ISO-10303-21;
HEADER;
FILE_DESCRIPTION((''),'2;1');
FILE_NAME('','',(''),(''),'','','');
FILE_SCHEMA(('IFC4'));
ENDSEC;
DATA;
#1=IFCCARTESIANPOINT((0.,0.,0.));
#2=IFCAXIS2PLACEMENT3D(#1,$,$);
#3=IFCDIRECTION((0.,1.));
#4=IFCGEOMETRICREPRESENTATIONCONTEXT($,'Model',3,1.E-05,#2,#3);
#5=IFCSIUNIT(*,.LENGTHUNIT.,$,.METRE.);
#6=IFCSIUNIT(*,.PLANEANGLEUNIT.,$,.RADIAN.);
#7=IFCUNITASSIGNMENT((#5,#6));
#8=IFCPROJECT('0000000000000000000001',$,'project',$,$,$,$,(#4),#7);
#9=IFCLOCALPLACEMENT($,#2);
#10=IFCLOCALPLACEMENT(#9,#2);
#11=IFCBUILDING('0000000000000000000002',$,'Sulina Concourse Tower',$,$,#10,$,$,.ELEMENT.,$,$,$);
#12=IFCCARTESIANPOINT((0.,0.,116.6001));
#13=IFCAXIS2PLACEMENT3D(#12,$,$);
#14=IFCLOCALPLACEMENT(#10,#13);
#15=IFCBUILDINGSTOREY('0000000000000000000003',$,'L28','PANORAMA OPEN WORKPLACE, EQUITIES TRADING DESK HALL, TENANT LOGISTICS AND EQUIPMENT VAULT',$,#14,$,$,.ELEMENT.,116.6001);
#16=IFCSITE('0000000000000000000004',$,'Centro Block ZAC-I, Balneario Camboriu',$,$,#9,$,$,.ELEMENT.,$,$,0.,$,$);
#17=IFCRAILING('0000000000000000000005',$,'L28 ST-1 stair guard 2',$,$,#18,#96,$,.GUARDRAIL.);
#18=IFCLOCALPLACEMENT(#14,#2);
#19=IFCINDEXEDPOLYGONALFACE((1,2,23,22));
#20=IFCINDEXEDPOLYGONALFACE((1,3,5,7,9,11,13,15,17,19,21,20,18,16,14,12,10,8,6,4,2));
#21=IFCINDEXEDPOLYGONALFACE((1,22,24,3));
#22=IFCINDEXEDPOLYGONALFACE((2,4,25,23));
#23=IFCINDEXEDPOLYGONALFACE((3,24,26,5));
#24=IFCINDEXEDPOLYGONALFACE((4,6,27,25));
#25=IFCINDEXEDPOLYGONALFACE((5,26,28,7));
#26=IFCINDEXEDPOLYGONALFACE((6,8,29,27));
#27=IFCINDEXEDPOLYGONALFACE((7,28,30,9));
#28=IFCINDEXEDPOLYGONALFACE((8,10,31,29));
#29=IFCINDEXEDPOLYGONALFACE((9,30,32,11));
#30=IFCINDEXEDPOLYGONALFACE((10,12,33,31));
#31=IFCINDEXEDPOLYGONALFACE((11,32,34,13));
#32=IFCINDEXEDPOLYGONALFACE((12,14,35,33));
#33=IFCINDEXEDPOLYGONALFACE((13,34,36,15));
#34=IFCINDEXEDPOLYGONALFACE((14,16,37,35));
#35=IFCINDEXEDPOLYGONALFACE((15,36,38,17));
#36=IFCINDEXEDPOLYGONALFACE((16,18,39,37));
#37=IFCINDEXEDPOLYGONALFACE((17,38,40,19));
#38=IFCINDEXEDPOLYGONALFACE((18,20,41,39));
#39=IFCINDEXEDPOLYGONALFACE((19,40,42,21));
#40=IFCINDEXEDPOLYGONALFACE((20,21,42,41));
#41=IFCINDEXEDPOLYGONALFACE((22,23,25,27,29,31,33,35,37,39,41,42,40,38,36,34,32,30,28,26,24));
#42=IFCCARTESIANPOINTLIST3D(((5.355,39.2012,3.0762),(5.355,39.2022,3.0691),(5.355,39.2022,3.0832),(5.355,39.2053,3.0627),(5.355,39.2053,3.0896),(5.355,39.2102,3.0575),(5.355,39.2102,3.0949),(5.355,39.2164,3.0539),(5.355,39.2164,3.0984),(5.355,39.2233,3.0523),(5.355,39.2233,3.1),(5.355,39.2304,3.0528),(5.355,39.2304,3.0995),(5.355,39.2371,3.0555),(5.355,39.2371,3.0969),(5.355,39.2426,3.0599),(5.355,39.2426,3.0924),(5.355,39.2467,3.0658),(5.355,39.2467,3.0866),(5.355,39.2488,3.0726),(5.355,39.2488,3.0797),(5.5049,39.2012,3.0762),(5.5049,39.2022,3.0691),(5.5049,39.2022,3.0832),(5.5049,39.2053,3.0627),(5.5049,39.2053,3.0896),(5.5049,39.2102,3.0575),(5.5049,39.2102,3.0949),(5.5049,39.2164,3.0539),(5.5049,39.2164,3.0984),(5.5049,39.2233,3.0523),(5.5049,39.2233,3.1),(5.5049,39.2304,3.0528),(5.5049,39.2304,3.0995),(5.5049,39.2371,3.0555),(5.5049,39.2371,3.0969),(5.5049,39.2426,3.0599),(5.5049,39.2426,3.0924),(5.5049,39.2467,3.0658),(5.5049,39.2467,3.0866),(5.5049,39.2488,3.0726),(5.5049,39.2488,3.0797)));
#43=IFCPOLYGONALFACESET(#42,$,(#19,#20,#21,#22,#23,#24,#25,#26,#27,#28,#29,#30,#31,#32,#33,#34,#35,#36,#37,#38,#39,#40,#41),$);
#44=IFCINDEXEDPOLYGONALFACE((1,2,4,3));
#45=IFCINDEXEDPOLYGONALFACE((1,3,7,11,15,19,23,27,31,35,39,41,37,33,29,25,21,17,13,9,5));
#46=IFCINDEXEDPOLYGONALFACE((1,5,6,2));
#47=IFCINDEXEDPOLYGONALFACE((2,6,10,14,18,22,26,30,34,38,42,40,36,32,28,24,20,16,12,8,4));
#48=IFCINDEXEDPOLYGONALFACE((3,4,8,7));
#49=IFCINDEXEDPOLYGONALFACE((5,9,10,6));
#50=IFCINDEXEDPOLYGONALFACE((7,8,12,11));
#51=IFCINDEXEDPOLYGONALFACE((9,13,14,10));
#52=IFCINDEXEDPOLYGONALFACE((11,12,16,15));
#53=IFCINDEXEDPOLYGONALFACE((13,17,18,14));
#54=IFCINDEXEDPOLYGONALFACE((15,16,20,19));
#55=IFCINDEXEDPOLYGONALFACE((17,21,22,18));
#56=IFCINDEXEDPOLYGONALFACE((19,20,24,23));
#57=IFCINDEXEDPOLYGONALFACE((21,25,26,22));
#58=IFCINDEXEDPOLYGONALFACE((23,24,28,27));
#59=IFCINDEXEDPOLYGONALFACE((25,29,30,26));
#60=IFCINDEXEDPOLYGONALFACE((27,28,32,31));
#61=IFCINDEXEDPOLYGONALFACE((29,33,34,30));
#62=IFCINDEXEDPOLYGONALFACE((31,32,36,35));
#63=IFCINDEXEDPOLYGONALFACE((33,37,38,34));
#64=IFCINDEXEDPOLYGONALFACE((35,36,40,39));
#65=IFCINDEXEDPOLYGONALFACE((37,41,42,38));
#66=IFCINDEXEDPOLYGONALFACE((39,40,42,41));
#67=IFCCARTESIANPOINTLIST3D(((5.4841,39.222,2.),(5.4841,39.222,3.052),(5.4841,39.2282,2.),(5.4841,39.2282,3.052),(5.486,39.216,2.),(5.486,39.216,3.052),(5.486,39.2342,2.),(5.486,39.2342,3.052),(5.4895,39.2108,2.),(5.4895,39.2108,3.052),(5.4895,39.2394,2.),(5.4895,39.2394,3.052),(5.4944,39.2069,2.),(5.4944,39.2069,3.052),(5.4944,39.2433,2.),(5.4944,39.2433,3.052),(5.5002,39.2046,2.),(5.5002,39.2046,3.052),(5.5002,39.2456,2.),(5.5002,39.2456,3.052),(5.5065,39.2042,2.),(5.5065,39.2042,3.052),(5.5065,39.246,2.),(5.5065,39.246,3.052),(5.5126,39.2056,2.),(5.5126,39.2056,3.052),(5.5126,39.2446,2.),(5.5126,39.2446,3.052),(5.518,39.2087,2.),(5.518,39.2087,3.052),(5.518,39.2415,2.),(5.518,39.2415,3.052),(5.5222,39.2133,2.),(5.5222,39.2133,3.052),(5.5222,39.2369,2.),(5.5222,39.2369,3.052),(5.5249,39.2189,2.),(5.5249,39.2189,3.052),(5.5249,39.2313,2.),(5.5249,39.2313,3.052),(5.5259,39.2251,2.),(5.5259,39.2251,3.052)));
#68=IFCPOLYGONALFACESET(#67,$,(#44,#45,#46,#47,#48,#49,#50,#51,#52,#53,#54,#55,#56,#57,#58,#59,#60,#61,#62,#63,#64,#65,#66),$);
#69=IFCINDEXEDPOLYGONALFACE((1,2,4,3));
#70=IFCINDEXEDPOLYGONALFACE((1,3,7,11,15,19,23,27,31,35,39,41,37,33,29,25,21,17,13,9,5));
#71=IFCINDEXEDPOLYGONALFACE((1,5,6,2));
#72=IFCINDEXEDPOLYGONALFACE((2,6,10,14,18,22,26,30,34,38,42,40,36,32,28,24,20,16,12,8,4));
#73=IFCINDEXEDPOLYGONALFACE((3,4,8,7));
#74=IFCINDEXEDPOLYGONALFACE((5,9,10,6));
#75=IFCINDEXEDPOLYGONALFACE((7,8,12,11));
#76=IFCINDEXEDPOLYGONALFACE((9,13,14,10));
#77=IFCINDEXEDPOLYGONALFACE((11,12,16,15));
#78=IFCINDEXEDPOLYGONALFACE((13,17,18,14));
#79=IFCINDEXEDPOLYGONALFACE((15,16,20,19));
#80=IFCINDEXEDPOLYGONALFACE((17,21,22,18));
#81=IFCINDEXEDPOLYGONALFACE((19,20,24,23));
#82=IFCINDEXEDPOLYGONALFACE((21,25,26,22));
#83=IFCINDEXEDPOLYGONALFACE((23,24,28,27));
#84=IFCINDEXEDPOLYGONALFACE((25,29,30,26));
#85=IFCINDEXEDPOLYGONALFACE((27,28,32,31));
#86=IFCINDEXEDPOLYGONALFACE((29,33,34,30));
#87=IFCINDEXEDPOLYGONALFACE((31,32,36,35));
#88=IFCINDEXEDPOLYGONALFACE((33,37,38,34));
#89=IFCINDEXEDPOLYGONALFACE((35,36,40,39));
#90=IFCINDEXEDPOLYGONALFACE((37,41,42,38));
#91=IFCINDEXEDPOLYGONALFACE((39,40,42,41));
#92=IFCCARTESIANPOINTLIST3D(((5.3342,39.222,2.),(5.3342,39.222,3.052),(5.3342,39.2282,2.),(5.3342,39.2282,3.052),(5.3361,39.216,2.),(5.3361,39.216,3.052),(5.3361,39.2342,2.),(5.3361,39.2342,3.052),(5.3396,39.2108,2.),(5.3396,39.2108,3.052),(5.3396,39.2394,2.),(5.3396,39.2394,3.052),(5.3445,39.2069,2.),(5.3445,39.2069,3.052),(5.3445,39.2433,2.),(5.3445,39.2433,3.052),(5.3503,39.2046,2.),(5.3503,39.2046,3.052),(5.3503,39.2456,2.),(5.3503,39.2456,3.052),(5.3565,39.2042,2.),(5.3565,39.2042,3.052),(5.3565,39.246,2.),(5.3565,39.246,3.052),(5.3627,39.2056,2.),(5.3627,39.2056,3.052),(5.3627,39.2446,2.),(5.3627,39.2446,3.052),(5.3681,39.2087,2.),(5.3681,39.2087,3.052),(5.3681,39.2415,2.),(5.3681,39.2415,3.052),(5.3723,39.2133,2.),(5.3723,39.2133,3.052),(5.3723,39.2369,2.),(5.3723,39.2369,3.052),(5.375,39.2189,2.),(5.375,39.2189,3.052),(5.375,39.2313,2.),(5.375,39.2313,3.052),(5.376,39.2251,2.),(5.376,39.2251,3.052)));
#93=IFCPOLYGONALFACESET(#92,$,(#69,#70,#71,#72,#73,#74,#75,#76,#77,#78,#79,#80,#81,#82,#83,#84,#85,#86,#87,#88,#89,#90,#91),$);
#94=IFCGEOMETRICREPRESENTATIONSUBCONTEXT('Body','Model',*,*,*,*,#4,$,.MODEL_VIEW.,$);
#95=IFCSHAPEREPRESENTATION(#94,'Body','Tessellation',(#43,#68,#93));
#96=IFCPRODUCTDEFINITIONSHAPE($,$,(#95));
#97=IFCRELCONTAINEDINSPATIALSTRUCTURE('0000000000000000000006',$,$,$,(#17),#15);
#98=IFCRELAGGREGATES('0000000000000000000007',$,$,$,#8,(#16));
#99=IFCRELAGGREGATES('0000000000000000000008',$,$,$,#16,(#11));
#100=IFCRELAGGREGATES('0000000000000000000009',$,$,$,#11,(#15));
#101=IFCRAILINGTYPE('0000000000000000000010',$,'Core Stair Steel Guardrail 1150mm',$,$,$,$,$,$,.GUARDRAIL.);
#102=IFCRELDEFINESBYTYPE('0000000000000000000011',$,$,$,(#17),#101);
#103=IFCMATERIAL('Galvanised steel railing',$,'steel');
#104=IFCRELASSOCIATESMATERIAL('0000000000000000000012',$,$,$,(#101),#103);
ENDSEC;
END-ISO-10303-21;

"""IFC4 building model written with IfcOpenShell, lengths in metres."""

from ifc_helpers import new_model, si_unit, direction, frame, origin, origin_2d, place, context, subcontext, project, spatial, circle, extrude, material, type_object, element, save


model = new_model("IFC4")

# Units and contexts
model_context = context("Model", 3, precision=1e-05, world=origin(), true_north=direction((0.0, 1.0)))
body_context = subcontext(model_context, "Body", "Model", "MODEL_VIEW")
ifc_project = project(units=[si_unit("LENGTHUNIT", "METRE"), si_unit("PLANEANGLEUNIT", "RADIAN")], contexts=[model_context])

# Site, building, storey
site_placement = place(None, origin())
site = spatial("IfcSite", under=ifc_project, at=site_placement, Name="Centro Block ZAC-I, Balneario Camboriu", CompositionType="ELEMENT", RefElevation=0.0)
building_placement = place(site_placement, origin())
building = spatial("IfcBuilding", under=site, at=building_placement, Name="Sulina Concourse Tower", CompositionType="ELEMENT")
storey_placement = place(building_placement, frame((0.0, 0.0, 116.6001)))
storey = spatial("IfcBuildingStorey", under=building, at=storey_placement, Name="L28", Description="PANORAMA OPEN WORKPLACE, EQUITIES TRADING DESK HALL, TENANT LOGISTICS AND EQUIPMENT VAULT", CompositionType="ELEMENT", Elevation=116.6001)

# Railing
ifc_material_1 = material(Name="Galvanised steel railing", Category="steel")
railing_type_1 = type_object("IfcRailingType", Name="Core Stair Steel Guardrail 1150mm", PredefinedType="GUARDRAIL", material=ifc_material_1)
railing_1_placement = place(storey_placement, frame((5.5049, 39.2251, 2.0)))
element("IfcRailing", 1, at=railing_1_placement, inside=storey, type_object=railing_type_1, Name="L28 ST-1 stair guard 2", PredefinedType="GUARDRAIL", context=body_context, shape_type="SweptSolid", body=[
    extrude(circle(Radius=0.0239, at=origin_2d()), frame((0.0, 0.0, 1.0762), z_axis=(-1.0, 0.0, 0.0), x_axis=(0.0, -1.0, 0.0)), (0.0, 0.0, 1.0), 0.1499),
    extrude(circle(Radius=0.021, at=origin_2d()), origin(), (0.0, 0.0, 1.0), 1.052),
    extrude(circle(Radius=0.021, at=origin_2d()), frame((-0.1499, 0.0, 0.0)), (0.0, 0.0, 1.0), 1.052),
])

save(model, "model.ifc")
